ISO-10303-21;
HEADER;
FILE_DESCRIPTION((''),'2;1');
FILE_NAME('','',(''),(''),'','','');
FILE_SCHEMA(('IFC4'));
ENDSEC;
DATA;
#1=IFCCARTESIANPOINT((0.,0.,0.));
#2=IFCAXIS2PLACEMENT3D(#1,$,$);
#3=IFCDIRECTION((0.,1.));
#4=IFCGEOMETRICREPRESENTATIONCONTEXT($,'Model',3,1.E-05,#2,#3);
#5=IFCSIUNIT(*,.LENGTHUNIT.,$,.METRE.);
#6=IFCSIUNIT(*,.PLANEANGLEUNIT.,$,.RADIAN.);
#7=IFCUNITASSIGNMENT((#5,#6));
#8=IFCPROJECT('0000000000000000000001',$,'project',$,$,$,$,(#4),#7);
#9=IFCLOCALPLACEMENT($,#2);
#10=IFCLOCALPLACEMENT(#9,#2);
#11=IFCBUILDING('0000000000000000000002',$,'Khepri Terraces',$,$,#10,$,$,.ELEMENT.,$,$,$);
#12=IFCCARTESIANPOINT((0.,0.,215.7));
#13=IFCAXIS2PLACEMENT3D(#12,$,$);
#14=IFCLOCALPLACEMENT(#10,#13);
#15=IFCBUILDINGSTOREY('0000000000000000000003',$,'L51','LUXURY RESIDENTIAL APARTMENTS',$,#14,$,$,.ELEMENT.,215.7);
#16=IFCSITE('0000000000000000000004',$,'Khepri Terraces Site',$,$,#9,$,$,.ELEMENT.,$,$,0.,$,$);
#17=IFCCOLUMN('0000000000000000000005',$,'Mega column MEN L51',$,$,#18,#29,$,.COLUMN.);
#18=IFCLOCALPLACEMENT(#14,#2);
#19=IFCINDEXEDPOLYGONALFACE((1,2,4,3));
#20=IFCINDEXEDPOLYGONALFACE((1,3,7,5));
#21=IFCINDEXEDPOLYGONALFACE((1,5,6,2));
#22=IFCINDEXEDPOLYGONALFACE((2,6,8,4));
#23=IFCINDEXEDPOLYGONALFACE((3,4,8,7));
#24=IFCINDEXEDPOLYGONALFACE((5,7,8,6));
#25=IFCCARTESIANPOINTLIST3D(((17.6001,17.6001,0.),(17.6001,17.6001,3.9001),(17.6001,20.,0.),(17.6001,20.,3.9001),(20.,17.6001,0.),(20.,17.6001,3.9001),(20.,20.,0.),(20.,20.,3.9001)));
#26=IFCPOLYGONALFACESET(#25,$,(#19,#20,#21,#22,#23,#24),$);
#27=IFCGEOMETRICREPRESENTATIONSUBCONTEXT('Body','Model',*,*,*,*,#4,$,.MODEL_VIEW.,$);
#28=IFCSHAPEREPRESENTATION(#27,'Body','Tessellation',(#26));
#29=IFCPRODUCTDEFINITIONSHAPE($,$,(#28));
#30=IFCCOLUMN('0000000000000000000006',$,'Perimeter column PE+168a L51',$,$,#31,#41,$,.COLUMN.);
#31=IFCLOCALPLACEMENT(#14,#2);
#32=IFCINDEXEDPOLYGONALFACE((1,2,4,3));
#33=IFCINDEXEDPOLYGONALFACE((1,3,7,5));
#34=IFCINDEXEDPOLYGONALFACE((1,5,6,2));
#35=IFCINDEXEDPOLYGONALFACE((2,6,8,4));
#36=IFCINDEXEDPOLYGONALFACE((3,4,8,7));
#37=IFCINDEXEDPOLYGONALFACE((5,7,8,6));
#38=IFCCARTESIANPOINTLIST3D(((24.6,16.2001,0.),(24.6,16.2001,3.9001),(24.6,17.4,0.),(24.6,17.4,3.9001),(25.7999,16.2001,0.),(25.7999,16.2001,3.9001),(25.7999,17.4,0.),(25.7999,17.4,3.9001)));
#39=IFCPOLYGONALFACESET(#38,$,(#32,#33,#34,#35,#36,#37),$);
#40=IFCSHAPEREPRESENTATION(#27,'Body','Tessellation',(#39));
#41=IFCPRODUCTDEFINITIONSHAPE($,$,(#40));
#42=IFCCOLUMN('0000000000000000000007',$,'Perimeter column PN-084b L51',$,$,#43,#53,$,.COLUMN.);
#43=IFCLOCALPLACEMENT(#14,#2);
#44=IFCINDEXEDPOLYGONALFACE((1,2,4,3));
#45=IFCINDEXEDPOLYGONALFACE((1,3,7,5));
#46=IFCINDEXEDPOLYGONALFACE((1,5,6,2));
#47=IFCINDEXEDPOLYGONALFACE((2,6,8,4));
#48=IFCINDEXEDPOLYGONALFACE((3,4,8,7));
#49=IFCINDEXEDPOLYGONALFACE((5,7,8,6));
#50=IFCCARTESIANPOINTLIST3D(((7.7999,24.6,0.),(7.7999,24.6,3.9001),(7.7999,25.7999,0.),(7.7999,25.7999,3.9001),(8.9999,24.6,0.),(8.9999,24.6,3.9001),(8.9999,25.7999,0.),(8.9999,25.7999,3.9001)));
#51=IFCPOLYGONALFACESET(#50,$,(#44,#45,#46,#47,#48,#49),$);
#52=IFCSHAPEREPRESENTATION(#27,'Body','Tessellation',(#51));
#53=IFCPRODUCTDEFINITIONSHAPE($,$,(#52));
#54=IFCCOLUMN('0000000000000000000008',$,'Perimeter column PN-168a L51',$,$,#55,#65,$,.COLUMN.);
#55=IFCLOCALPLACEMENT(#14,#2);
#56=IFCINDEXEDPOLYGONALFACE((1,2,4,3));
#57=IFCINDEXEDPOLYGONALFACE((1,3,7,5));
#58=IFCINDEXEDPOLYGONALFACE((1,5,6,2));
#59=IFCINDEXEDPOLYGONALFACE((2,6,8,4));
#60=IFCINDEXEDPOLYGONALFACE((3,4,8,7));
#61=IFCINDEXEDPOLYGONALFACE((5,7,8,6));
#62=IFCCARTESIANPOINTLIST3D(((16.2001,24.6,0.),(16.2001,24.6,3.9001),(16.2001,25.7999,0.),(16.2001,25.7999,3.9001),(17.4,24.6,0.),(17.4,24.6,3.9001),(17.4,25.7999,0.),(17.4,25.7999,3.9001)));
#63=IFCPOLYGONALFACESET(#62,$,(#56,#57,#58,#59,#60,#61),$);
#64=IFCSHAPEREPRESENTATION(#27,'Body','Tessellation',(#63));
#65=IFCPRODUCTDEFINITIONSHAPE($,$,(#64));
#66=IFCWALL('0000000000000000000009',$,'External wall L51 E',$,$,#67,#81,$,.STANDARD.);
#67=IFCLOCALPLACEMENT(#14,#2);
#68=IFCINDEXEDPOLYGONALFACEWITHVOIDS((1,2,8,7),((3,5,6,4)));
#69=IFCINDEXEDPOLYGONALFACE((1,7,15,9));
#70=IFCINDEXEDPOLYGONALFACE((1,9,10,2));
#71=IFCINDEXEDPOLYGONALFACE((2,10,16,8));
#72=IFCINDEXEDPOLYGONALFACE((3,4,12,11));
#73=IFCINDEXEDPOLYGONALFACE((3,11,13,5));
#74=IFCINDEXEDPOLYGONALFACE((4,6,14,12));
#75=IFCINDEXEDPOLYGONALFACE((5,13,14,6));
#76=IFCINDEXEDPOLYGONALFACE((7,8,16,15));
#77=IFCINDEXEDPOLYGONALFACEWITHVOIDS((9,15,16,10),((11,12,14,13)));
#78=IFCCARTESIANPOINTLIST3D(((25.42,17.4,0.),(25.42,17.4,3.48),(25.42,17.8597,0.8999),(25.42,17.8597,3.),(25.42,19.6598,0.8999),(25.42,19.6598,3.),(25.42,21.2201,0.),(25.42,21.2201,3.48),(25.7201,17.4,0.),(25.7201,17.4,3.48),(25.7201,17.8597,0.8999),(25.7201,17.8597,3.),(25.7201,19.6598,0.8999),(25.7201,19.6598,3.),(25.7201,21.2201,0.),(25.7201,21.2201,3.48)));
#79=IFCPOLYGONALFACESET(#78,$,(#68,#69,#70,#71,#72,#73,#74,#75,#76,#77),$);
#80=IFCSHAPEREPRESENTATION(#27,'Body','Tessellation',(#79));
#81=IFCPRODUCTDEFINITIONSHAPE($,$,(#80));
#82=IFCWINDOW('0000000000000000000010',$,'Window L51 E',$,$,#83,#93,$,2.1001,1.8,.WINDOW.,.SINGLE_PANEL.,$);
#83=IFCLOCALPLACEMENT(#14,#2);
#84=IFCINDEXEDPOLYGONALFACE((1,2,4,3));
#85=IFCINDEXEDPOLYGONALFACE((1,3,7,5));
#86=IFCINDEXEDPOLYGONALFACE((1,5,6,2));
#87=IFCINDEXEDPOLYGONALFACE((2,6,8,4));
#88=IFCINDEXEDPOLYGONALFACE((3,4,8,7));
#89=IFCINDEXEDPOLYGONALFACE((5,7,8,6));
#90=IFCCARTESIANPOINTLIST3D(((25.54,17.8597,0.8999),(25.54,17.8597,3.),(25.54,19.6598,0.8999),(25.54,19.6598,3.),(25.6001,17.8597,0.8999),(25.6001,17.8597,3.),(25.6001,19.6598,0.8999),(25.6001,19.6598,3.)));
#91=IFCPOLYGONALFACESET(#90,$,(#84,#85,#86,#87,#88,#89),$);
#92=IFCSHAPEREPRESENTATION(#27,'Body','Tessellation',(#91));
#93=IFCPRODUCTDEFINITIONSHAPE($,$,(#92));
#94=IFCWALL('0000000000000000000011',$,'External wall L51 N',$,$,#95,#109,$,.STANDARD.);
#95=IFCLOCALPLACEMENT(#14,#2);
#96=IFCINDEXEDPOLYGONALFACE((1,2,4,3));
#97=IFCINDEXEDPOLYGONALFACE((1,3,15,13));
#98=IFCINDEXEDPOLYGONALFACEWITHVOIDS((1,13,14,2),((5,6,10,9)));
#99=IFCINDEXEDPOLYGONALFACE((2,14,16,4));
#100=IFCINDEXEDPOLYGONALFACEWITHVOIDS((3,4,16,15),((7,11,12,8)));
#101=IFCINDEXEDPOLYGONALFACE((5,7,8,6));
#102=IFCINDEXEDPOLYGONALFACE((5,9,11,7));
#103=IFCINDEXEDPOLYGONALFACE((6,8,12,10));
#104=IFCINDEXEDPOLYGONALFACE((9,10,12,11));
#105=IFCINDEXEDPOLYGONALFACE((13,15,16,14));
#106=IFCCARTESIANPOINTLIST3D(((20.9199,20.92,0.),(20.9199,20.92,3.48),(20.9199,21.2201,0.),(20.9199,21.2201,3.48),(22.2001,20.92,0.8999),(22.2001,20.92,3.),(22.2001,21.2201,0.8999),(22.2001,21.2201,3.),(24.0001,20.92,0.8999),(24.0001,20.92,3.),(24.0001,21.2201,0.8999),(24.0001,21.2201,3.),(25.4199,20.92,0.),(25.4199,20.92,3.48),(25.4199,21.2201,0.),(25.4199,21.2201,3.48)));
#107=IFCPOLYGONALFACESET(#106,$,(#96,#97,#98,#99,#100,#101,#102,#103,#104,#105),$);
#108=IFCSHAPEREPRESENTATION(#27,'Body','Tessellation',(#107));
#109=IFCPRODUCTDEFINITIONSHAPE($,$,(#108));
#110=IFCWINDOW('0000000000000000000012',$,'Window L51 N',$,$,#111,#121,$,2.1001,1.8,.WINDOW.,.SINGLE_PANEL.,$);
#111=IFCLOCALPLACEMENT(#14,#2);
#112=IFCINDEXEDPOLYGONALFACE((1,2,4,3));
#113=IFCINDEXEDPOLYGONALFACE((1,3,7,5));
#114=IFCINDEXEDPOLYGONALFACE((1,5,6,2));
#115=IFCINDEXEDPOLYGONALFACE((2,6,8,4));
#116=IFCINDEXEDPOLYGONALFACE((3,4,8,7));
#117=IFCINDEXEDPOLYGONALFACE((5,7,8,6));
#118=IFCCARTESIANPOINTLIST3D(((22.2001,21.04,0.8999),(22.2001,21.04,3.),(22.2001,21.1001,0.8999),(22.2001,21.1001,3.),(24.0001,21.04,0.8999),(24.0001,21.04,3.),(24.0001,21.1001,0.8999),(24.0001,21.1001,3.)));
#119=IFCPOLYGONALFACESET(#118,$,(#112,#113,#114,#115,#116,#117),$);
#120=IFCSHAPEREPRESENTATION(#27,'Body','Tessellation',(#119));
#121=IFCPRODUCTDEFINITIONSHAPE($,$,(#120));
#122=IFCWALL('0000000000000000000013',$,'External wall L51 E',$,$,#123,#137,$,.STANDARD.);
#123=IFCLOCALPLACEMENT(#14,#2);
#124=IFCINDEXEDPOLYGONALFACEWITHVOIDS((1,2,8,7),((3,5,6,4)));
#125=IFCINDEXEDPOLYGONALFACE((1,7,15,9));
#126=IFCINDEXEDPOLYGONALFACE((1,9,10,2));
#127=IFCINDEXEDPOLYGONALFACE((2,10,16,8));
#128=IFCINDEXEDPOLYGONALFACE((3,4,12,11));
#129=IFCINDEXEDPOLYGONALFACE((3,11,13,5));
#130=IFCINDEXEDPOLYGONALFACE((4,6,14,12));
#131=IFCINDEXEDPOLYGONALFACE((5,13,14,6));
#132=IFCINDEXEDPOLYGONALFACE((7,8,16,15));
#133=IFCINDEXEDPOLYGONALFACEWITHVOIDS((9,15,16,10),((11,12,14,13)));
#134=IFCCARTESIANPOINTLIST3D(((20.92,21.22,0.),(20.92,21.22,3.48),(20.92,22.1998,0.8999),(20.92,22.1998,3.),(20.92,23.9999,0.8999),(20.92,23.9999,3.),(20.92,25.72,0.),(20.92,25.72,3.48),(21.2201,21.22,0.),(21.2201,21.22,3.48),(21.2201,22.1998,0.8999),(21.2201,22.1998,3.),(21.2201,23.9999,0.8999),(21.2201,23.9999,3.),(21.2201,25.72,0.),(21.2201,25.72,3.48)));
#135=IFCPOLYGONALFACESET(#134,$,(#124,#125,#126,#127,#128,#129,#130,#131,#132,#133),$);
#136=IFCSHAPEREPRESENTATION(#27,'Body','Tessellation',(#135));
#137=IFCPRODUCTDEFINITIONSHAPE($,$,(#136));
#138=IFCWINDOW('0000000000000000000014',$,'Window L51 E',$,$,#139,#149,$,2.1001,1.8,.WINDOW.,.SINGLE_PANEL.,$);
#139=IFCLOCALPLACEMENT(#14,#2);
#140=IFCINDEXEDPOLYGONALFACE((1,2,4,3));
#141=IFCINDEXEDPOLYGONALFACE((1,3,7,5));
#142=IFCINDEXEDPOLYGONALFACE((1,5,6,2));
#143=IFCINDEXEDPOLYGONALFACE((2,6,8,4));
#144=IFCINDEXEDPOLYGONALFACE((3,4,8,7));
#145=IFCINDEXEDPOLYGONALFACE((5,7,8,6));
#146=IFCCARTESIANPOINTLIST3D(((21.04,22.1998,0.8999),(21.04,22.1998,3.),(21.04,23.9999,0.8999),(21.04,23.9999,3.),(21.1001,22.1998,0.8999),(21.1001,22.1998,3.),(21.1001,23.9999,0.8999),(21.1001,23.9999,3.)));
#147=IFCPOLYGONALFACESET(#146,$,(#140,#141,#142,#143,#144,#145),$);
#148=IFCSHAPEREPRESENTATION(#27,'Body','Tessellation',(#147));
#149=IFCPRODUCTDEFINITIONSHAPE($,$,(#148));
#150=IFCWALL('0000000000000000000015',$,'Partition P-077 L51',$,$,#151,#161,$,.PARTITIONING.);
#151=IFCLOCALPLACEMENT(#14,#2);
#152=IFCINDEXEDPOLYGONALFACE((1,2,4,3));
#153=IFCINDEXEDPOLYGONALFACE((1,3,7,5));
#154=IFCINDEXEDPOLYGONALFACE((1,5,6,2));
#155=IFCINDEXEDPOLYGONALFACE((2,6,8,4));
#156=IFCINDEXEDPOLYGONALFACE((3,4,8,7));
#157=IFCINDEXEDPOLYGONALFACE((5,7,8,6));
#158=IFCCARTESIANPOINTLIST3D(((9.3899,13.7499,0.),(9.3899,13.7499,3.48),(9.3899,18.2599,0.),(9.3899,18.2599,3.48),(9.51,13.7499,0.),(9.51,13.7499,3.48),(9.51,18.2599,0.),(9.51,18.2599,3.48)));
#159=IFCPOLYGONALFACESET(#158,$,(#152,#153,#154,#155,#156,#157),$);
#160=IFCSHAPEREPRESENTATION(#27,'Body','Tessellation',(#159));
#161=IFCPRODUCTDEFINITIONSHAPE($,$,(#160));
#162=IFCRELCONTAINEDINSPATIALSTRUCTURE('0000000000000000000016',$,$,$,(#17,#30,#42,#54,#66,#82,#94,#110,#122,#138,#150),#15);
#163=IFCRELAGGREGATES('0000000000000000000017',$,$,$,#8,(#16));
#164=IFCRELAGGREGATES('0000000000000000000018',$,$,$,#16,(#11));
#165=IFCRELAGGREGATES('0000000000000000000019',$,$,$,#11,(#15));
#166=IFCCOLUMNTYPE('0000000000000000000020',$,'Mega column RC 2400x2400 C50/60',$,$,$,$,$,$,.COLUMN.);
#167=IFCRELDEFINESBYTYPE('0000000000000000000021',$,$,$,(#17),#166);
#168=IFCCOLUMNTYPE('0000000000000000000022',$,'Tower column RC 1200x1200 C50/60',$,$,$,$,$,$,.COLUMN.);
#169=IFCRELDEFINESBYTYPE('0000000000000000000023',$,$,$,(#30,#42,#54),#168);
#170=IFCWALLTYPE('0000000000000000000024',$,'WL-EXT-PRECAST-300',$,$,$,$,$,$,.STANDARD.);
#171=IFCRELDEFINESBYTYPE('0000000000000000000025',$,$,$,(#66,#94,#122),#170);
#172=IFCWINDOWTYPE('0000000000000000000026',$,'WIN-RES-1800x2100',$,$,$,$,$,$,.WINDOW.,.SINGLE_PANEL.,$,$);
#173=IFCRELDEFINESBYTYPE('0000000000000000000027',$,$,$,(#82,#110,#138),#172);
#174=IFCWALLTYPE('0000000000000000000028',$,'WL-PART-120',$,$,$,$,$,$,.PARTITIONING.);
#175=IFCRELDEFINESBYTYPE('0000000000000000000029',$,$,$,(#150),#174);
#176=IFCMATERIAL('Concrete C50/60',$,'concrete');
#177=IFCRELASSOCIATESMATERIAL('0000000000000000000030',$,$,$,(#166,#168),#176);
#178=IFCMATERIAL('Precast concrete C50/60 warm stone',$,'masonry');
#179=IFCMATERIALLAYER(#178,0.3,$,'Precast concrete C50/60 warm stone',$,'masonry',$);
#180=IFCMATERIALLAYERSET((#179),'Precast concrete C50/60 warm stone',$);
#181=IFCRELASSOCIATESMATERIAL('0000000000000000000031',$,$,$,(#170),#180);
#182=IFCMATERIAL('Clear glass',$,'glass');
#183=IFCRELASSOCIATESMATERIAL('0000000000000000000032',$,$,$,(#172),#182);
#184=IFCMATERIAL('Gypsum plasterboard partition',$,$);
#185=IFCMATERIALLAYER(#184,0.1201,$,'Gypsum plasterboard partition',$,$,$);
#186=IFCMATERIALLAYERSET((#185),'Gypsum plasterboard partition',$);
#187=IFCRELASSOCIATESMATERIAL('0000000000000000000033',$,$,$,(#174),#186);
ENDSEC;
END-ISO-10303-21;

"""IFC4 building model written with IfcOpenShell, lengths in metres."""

from ifc_helpers import new_model, si_unit, direction, frame, frame_2d, origin, origin_2d, place, context, subcontext, project, spatial, rectangle, extrude, material, layer, layer_set, material_profile, profile_set, type_object, element, fill, save


model = new_model("IFC4")

# Units and contexts
model_context = context("Model", 3, precision=1e-05, world=origin(), true_north=direction((0.0, 1.0)))
body_context = subcontext(model_context, "Body", "Model", "MODEL_VIEW")
ifc_project = project(units=[si_unit("LENGTHUNIT", "METRE"), si_unit("PLANEANGLEUNIT", "RADIAN")], contexts=[model_context])

# Site, building, storey
site_placement = place(None, origin())
site = spatial("IfcSite", under=ifc_project, at=site_placement, Name="Khepri Terraces Site", CompositionType="ELEMENT", RefElevation=0.0)
building_placement = place(site_placement, origin())
building = spatial("IfcBuilding", under=site, at=building_placement, Name="Khepri Terraces", CompositionType="ELEMENT")
storey_placement = place(building_placement, frame((0.0, 0.0, 215.7)))
storey = spatial("IfcBuildingStorey", under=building, at=storey_placement, Name="L51", Description="LUXURY RESIDENTIAL APARTMENTS", CompositionType="ELEMENT", Elevation=215.7)

# Columns
ifc_material_1 = material(Name="Concrete C50/60", Category="concrete")
ifc_material_profile_1 = material_profile(ifc_material_1, rectangle(XDim=2.3999, YDim=2.3999, at=origin_2d()), Name="Concrete C50/60", Category="concrete")
ifc_profile_set_1 = profile_set([ifc_material_profile_1], Name="Concrete C50/60")
column_type_1 = type_object("IfcColumnType", Name="Mega column RC 2400x2400 C50/60", PredefinedType="COLUMN", material=ifc_profile_set_1)
column_placement = place(storey_placement, frame((18.8, 18.8, 0.0), z_axis=(0.0, 0.0, 1.0), x_axis=(1.0, 0.0, 0.0)))
element("IfcColumn", 1, at=column_placement, inside=storey, type_object=column_type_1, Name="Mega column MEN L51", PredefinedType="COLUMN", context=body_context, shape_type="SweptSolid", body=[
    extrude(rectangle(XDim=2.3999, YDim=2.3999, at=origin_2d()), origin(), (0.0, 0.0, 1.0), 3.9001),
])
ifc_material_profile_2 = material_profile(ifc_material_1, rectangle(XDim=1.2, YDim=1.2, at=origin_2d()), Name="Concrete C50/60", Category="concrete")
ifc_profile_set_2 = profile_set([ifc_material_profile_2], Name="Concrete C50/60")
column_type_2 = type_object("IfcColumnType", Name="Tower column RC 1200x1200 C50/60", PredefinedType="COLUMN", material=ifc_profile_set_2)
for number, where, z_axis, x_axis, name in (
    (2, (25.2, 16.8, 0.0), (0.0, 0.0, 1.0), (1.0, 0.0, 0.0), "Perimeter column PE+168a L51"),
    (3, (8.3999, 25.2, 0.0), (0.0, 0.0, 1.0), (1.0, 0.0, 0.0), "Perimeter column PN-084b L51"),
    (4, (16.8, 25.2, 0.0), (0.0, 0.0, 1.0), (1.0, 0.0, 0.0), "Perimeter column PN-168a L51"),
):
    element("IfcColumn", number, at=place(storey_placement, frame(where, z_axis=z_axis, x_axis=x_axis)), inside=storey, type_object=column_type_2, Name=name, PredefinedType="COLUMN", context=body_context, shape_type="SweptSolid", body=[
        extrude(rectangle(XDim=1.2, YDim=1.2, at=origin_2d()), origin(), (0.0, 0.0, 1.0), 3.9001),
    ])

# Walls, openings, windows
ifc_material_2 = material(Name="Precast concrete C50/60 warm stone", Category="masonry")
ifc_layer_1 = layer(ifc_material_2, 0.3, Name="Precast concrete C50/60 warm stone", Category="masonry")
ifc_layer_set_1 = layer_set([ifc_layer_1], Name="Precast concrete C50/60 warm stone")
wall_type_1 = type_object("IfcWallType", Name="WL-EXT-PRECAST-300", PredefinedType="STANDARD", material=ifc_layer_set_1)
wall_1_placement = place(storey_placement, frame((25.5701, 17.3999, 0.0), z_axis=(0.0, 0.0, 1.0), x_axis=(0.0, 1.0, 0.0)))
wall_1 = element("IfcWall", 5, at=wall_1_placement, inside=storey, type_object=wall_type_1, Name="External wall L51 E", PredefinedType="STANDARD", context=body_context, shape_type="SweptSolid", body=[
    extrude(rectangle(XDim=3.8201, YDim=0.3, at=frame_2d((1.9102, 0.0))), origin(), (0.0, 0.0, 1.0), 3.48),
])
opening_1_placement = place(wall_1_placement, frame((0.46, 0.0, 0.8999)))
opening_1 = element("IfcOpeningElement", 6, at=opening_1_placement, cuts=wall_1, PredefinedType="OPENING", context=body_context, shape_type="SweptSolid", body=[
    extrude(rectangle(XDim=1.8, YDim=2.1001, at=frame_2d((0.8999, 1.05))), frame((0.0, 0.1602, 0.0), z_axis=(0.0, -1.0, 0.0), x_axis=(1.0, 0.0, 0.0)), (0.0, 0.0, 1.0), 0.3201),
])
ifc_material_3 = material(Name="Clear glass", Category="glass")
window_type = type_object("IfcWindowType", Name="WIN-RES-1800x2100", PartitioningType="SINGLE_PANEL", PredefinedType="WINDOW", material=ifc_material_3)
window_1_placement = place(opening_1_placement, origin())
window_1 = element("IfcWindow", 7, at=window_1_placement, inside=storey, type_object=window_type, Name="Window L51 E", OverallHeight=2.1001, OverallWidth=1.8, PartitioningType="SINGLE_PANEL", PredefinedType="WINDOW", context=body_context, shape_type="SweptSolid", body=[
    extrude(rectangle(XDim=1.8, YDim=2.1001, at=frame_2d((0.8999, 1.05))), frame((0.0, 0.03, 0.0), z_axis=(0.0, -1.0, 0.0), x_axis=(1.0, 0.0, 0.0)), (0.0, 0.0, 1.0), 0.0601),
])
fill(opening_1, window_1)
wall_2_placement = place(storey_placement, frame((25.4199, 21.0701, 0.0), z_axis=(0.0, 0.0, 1.0), x_axis=(-1.0, 0.0, 0.0)))
wall_2 = element("IfcWall", 8, at=wall_2_placement, inside=storey, type_object=wall_type_1, Name="External wall L51 N", PredefinedType="STANDARD", context=body_context, shape_type="SweptSolid", body=[
    extrude(rectangle(XDim=4.5, YDim=0.3, at=frame_2d((2.25, 0.0))), origin(), (0.0, 0.0, 1.0), 3.48),
])
opening_2_placement = place(wall_2_placement, frame((1.4199, 0.0, 0.8999)))
opening_2 = element("IfcOpeningElement", 9, at=opening_2_placement, cuts=wall_2, PredefinedType="OPENING", context=body_context, shape_type="SweptSolid", body=[
    extrude(rectangle(XDim=1.8, YDim=2.1001, at=frame_2d((0.8999, 1.05))), frame((0.0, 0.1602, 0.0), z_axis=(0.0, -1.0, 0.0), x_axis=(1.0, 0.0, 0.0)), (0.0, 0.0, 1.0), 0.3201),
])
window_2_placement = place(opening_2_placement, origin())
window_2 = element("IfcWindow", 10, at=window_2_placement, inside=storey, type_object=window_type, Name="Window L51 N", OverallHeight=2.1001, OverallWidth=1.8, PartitioningType="SINGLE_PANEL", PredefinedType="WINDOW", context=body_context, shape_type="SweptSolid", body=[
    extrude(rectangle(XDim=1.8, YDim=2.1001, at=frame_2d((0.8999, 1.05))), frame((0.0, 0.03, 0.0), z_axis=(0.0, -1.0, 0.0), x_axis=(1.0, 0.0, 0.0)), (0.0, 0.0, 1.0), 0.0601),
])
fill(opening_2, window_2)
wall_3_placement = place(storey_placement, frame((21.0701, 21.22, 0.0), z_axis=(0.0, 0.0, 1.0), x_axis=(0.0, 1.0, 0.0)))
wall_3 = element("IfcWall", 11, at=wall_3_placement, inside=storey, type_object=wall_type_1, Name="External wall L51 E", PredefinedType="STANDARD", context=body_context, shape_type="SweptSolid", body=[
    extrude(rectangle(XDim=4.5, YDim=0.3, at=frame_2d((2.25, 0.0))), origin(), (0.0, 0.0, 1.0), 3.48),
])
opening_3_placement = place(wall_3_placement, frame((0.98, 0.0, 0.8999)))
opening_3 = element("IfcOpeningElement", 12, at=opening_3_placement, cuts=wall_3, PredefinedType="OPENING", context=body_context, shape_type="SweptSolid", body=[
    extrude(rectangle(XDim=1.8, YDim=2.1001, at=frame_2d((0.8999, 1.05))), frame((0.0, 0.1602, 0.0), z_axis=(0.0, -1.0, 0.0), x_axis=(1.0, 0.0, 0.0)), (0.0, 0.0, 1.0), 0.3201),
])
window_3_placement = place(opening_3_placement, origin())
window_3 = element("IfcWindow", 13, at=window_3_placement, inside=storey, type_object=window_type, Name="Window L51 E", OverallHeight=2.1001, OverallWidth=1.8, PartitioningType="SINGLE_PANEL", PredefinedType="WINDOW", context=body_context, shape_type="SweptSolid", body=[
    extrude(rectangle(XDim=1.8, YDim=2.1001, at=frame_2d((0.8999, 1.05))), frame((0.0, 0.03, 0.0), z_axis=(0.0, -1.0, 0.0), x_axis=(1.0, 0.0, 0.0)), (0.0, 0.0, 1.0), 0.0601),
])
fill(opening_3, window_3)

# Wall
ifc_material_4 = material(Name="Gypsum plasterboard partition")
ifc_layer_2 = layer(ifc_material_4, 0.1201, Name="Gypsum plasterboard partition")
ifc_layer_set_2 = layer_set([ifc_layer_2], Name="Gypsum plasterboard partition")
wall_type_2 = type_object("IfcWallType", Name="WL-PART-120", PredefinedType="PARTITIONING", material=ifc_layer_set_2)
wall_4_placement = place(storey_placement, frame((9.45, 13.75, 0.0), z_axis=(0.0, 0.0, 1.0), x_axis=(0.0, 1.0, 0.0)))
element("IfcWall", 14, at=wall_4_placement, inside=storey, type_object=wall_type_2, Name="Partition P-077 L51", PredefinedType="PARTITIONING", context=body_context, shape_type="SweptSolid", body=[
    extrude(rectangle(XDim=4.51, YDim=0.1201, at=frame_2d((2.2549, 0.0))), origin(), (0.0, 0.0, 1.0), 3.48),
])

save(model, "model.ifc")
